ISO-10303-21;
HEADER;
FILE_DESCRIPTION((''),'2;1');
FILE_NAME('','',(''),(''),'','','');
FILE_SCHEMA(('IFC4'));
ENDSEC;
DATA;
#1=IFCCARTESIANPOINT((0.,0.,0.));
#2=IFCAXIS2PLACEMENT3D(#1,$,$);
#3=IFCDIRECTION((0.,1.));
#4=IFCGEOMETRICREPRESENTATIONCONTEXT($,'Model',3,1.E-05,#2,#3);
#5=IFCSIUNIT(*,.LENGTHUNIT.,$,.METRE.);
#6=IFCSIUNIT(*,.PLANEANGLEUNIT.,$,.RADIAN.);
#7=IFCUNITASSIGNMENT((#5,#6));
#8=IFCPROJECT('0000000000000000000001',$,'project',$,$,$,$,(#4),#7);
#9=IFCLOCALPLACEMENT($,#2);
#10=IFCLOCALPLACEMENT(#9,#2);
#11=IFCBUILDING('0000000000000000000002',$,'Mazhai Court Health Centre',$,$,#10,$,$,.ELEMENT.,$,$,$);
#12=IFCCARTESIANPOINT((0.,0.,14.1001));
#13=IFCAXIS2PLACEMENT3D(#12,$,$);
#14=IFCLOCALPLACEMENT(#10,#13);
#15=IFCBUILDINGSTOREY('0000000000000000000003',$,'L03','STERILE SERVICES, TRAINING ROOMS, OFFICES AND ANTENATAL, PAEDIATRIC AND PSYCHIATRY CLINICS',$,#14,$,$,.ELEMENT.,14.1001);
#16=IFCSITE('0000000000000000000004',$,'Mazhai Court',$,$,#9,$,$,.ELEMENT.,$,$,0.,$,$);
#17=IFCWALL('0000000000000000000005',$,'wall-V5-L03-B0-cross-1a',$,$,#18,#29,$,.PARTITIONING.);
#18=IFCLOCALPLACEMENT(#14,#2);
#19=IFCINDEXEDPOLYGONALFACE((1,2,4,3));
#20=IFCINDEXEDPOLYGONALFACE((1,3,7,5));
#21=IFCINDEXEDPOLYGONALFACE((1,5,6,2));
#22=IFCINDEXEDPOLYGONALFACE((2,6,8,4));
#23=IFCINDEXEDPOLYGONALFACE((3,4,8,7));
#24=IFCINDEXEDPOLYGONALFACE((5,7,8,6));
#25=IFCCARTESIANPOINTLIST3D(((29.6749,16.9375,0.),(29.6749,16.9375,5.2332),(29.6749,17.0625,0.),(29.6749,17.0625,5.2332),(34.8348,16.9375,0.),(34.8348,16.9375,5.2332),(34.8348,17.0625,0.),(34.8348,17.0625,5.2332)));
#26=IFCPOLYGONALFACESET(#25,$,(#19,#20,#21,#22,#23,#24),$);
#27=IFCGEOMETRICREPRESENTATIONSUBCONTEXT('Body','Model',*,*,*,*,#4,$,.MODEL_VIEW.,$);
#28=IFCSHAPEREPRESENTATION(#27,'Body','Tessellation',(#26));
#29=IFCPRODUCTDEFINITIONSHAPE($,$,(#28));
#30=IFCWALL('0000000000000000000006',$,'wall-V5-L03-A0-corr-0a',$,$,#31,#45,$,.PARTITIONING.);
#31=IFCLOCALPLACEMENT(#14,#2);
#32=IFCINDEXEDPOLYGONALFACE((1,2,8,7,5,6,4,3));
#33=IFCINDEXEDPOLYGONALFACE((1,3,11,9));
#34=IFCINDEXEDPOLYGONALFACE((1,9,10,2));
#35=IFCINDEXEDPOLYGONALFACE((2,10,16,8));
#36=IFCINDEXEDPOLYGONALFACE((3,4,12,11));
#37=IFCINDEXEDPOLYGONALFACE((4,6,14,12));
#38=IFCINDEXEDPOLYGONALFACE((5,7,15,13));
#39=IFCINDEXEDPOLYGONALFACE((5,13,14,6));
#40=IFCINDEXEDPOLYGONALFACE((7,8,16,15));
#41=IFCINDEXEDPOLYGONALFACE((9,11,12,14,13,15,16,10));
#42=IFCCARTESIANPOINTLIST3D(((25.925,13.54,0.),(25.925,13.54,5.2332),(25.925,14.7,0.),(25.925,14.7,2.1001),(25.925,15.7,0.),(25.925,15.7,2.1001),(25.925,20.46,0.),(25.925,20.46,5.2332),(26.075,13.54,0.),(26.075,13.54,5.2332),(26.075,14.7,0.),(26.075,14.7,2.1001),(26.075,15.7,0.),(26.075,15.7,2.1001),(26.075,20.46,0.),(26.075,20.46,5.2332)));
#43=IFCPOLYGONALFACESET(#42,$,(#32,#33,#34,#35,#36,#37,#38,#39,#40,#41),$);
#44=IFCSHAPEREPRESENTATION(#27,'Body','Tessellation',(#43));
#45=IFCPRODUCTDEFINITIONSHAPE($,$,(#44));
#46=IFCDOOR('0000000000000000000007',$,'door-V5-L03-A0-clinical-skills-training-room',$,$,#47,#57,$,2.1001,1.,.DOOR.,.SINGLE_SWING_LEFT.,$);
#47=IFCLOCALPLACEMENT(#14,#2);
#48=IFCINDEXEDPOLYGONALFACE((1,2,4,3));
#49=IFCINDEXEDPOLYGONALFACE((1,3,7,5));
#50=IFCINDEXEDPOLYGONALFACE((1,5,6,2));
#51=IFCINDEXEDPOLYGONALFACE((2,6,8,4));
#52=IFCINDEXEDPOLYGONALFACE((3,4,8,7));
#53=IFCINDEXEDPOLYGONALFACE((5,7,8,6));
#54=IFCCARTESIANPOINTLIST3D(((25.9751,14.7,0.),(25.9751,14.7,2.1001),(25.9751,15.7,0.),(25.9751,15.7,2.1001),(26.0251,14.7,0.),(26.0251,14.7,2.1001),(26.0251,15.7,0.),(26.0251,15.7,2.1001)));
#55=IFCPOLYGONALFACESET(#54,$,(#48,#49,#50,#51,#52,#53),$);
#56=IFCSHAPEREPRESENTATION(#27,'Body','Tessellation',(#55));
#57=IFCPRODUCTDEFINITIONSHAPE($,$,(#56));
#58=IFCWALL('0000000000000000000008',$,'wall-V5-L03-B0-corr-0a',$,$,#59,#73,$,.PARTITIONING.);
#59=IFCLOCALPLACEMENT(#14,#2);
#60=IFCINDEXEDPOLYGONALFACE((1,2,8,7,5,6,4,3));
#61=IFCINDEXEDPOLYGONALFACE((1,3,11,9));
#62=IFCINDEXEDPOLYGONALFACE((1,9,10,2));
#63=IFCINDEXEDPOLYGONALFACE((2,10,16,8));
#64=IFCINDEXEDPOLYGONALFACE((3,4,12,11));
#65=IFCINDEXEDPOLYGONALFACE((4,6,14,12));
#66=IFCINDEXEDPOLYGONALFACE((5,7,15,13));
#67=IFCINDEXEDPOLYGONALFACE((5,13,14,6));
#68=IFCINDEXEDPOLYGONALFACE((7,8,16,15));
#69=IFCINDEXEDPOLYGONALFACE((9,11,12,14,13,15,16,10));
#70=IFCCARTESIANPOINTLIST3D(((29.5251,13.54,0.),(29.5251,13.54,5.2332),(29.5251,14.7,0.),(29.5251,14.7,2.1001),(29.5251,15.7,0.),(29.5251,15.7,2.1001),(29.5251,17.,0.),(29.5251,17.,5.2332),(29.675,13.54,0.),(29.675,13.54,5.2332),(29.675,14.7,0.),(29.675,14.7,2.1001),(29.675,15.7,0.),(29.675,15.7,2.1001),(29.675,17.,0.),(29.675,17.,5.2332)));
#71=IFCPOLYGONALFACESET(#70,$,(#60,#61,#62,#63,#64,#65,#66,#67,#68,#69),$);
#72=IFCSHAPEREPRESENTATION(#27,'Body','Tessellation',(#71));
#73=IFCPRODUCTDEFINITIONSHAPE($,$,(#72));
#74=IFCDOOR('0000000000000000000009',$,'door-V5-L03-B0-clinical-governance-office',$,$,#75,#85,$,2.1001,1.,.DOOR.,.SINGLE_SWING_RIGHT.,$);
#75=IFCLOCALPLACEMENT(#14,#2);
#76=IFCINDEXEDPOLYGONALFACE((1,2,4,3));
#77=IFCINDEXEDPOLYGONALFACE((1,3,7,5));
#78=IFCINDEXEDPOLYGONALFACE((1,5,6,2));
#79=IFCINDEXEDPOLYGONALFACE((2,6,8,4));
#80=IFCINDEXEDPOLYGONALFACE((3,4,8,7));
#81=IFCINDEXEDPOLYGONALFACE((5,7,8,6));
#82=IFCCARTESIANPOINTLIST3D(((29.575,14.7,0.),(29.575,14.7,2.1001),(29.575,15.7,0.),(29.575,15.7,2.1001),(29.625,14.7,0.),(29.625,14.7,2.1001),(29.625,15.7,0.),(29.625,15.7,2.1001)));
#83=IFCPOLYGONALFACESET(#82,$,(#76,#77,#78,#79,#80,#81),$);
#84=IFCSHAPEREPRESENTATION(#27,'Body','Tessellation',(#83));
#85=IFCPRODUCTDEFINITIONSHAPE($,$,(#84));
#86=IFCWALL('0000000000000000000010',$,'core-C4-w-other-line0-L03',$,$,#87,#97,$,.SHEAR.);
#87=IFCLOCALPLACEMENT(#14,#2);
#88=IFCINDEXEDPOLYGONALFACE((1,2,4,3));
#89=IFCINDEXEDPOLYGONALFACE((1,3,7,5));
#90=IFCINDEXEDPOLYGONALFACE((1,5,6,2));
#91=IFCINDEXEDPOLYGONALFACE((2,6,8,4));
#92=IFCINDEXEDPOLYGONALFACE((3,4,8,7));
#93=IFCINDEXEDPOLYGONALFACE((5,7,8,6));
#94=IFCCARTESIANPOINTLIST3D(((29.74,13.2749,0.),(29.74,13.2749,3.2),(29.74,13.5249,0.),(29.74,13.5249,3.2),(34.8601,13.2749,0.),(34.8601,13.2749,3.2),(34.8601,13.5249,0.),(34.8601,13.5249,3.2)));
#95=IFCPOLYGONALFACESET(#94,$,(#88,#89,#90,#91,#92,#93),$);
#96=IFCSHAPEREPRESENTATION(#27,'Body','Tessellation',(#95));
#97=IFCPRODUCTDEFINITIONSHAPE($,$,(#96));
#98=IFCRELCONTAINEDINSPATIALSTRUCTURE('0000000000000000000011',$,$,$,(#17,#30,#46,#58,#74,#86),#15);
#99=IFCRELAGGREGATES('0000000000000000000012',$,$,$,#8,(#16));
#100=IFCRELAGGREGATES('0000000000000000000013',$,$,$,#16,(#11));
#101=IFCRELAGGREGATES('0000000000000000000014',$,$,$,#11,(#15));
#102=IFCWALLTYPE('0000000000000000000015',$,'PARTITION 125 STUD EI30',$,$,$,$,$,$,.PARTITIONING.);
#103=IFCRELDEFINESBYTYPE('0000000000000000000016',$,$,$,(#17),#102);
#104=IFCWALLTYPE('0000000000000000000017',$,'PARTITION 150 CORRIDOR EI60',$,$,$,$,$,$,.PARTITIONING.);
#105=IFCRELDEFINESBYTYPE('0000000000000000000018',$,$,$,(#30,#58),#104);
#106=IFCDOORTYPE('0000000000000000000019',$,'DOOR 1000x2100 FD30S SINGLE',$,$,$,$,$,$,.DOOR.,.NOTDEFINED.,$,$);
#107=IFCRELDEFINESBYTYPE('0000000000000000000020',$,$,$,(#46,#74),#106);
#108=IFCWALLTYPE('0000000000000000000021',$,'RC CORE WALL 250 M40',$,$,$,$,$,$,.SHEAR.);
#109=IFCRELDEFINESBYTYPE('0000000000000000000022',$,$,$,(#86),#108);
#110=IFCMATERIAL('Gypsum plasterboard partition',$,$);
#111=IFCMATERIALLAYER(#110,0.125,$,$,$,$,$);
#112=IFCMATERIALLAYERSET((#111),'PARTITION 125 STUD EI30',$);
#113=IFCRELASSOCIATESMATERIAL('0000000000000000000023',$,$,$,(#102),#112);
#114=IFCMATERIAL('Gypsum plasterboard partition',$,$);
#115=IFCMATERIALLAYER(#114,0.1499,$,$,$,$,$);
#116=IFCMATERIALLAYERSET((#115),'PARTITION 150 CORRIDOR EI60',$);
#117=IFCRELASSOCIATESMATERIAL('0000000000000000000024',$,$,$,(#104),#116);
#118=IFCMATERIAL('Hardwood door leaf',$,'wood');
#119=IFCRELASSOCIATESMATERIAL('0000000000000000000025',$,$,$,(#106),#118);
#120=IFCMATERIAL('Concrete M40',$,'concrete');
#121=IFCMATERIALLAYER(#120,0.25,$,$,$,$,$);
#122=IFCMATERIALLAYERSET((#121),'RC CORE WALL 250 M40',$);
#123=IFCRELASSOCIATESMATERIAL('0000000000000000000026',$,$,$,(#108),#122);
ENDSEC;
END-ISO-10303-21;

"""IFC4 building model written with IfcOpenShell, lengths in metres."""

from ifc_helpers import new_model, si_unit, direction, frame, frame_2d, origin, place, context, subcontext, project, spatial, rectangle, extrude, material, layer, layer_set, type_object, element, fill, save


model = new_model("IFC4")

# Units and contexts
model_context = context("Model", 3, precision=1e-05, world=origin(), true_north=direction((0.0, 1.0)))
body_context = subcontext(model_context, "Body", "Model", "MODEL_VIEW")
ifc_project = project(units=[si_unit("LENGTHUNIT", "METRE"), si_unit("PLANEANGLEUNIT", "RADIAN")], contexts=[model_context])

# Site, building, storey
site_placement = place(None, origin())
site = spatial("IfcSite", under=ifc_project, at=site_placement, Name="Mazhai Court", CompositionType="ELEMENT", RefElevation=0.0)
building_placement = place(site_placement, origin())
building = spatial("IfcBuilding", under=site, at=building_placement, Name="Mazhai Court Health Centre", CompositionType="ELEMENT")
storey_placement = place(building_placement, frame((0.0, 0.0, 14.1001)))
storey = spatial("IfcBuildingStorey", under=building, at=storey_placement, Name="L03", Description="STERILE SERVICES, TRAINING ROOMS, OFFICES AND ANTENATAL, PAEDIATRIC AND PSYCHIATRY CLINICS", CompositionType="ELEMENT", Elevation=14.1001)

# Wall
ifc_material_1 = material(Name="Gypsum plasterboard partition")
ifc_layer_1 = layer(ifc_material_1, 0.125)
ifc_layer_set_1 = layer_set([ifc_layer_1], Name="PARTITION 125 STUD EI30")
wall_type_1 = type_object("IfcWallType", Name="PARTITION 125 STUD EI30", PredefinedType="PARTITIONING", material=ifc_layer_set_1)
wall_1_placement = place(storey_placement, frame((34.835, 17.0, 0.0), z_axis=(0.0, 0.0, 1.0), x_axis=(-1.0, 0.0, 0.0)))
element("IfcWall", 1, at=wall_1_placement, inside=storey, type_object=wall_type_1, Name="wall-V5-L03-B0-cross-1a", PredefinedType="PARTITIONING", context=body_context, shape_type="SweptSolid", body=[
    extrude(rectangle(XDim=5.1599, YDim=0.125, at=frame_2d((2.5801, 0.0))), origin(), (0.0, 0.0, 1.0), 5.2332),
])

# Walls, openings, doors
ifc_material_2 = material(Name="Gypsum plasterboard partition")
ifc_layer_2 = layer(ifc_material_2, 0.1499)
ifc_layer_set_2 = layer_set([ifc_layer_2], Name="PARTITION 150 CORRIDOR EI60")
wall_type_2 = type_object("IfcWallType", Name="PARTITION 150 CORRIDOR EI60", PredefinedType="PARTITIONING", material=ifc_layer_set_2)
wall_2_placement = place(storey_placement, frame((26.0, 13.54, 0.0), z_axis=(0.0, 0.0, 1.0), x_axis=(0.0, 1.0, 0.0)))
wall_2 = element("IfcWall", 2, at=wall_2_placement, inside=storey, type_object=wall_type_2, Name="wall-V5-L03-A0-corr-0a", PredefinedType="PARTITIONING", context=body_context, shape_type="SweptSolid", body=[
    extrude(rectangle(XDim=6.9199, YDim=0.1499, at=frame_2d((3.46, 0.0))), origin(), (0.0, 0.0, 1.0), 5.2332),
])
opening_1_placement = place(wall_2_placement, frame((1.1599, 0.0, 0.0)))
opening_1 = element("IfcOpeningElement", 3, at=opening_1_placement, cuts=wall_2, PredefinedType="OPENING", context=body_context, shape_type="SweptSolid", body=[
    extrude(rectangle(XDim=1.0, YDim=2.1001, at=frame_2d((0.5, 1.05))), frame((0.0, 0.085, 0.0), z_axis=(0.0, -1.0, 0.0), x_axis=(1.0, 0.0, 0.0)), (0.0, 0.0, 1.0), 0.1699),
])
ifc_material_3 = material(Name="Hardwood door leaf", Category="wood")
door_type = type_object("IfcDoorType", Name="DOOR 1000x2100 FD30S SINGLE", OperationType="NOTDEFINED", PredefinedType="DOOR", material=ifc_material_3)
door_1_placement = place(opening_1_placement, origin())
door_1 = element("IfcDoor", 4, at=door_1_placement, inside=storey, type_object=door_type, Name="door-V5-L03-A0-clinical-skills-training-room", OperationType="SINGLE_SWING_LEFT", OverallHeight=2.1001, OverallWidth=1.0, PredefinedType="DOOR", context=body_context, shape_type="SweptSolid", body=[
    extrude(rectangle(XDim=1.0, YDim=2.1001, at=frame_2d((0.5, 1.05))), frame((0.0, 0.0249, 0.0), z_axis=(0.0, -1.0, 0.0), x_axis=(1.0, 0.0, 0.0)), (0.0, 0.0, 1.0), 0.05),
])
fill(opening_1, door_1)
wall_3_placement = place(storey_placement, frame((29.6001, 17.0, 0.0), z_axis=(0.0, 0.0, 1.0), x_axis=(0.0, -1.0, 0.0)))
wall_3 = element("IfcWall", 5, at=wall_3_placement, inside=storey, type_object=wall_type_2, Name="wall-V5-L03-B0-corr-0a", PredefinedType="PARTITIONING", context=body_context, shape_type="SweptSolid", body=[
    extrude(rectangle(XDim=3.46, YDim=0.1499, at=frame_2d((1.73, 0.0))), origin(), (0.0, 0.0, 1.0), 5.2332),
])
opening_2_placement = place(wall_3_placement, frame((1.3, 0.0, 0.0)))
opening_2 = element("IfcOpeningElement", 6, at=opening_2_placement, cuts=wall_3, PredefinedType="OPENING", context=body_context, shape_type="SweptSolid", body=[
    extrude(rectangle(XDim=1.0, YDim=2.1001, at=frame_2d((0.5, 1.05))), frame((0.0, 0.085, 0.0), z_axis=(0.0, -1.0, 0.0), x_axis=(1.0, 0.0, 0.0)), (0.0, 0.0, 1.0), 0.1699),
])
door_2_placement = place(opening_2_placement, origin())
door_2 = element("IfcDoor", 7, at=door_2_placement, inside=storey, type_object=door_type, Name="door-V5-L03-B0-clinical-governance-office", OperationType="SINGLE_SWING_RIGHT", OverallHeight=2.1001, OverallWidth=1.0, PredefinedType="DOOR", context=body_context, shape_type="SweptSolid", body=[
    extrude(rectangle(XDim=1.0, YDim=2.1001, at=frame_2d((0.5, 1.05))), frame((0.0, 0.0249, 0.0), z_axis=(0.0, -1.0, 0.0), x_axis=(1.0, 0.0, 0.0)), (0.0, 0.0, 1.0), 0.05),
])
fill(opening_2, door_2)

# Wall
ifc_material_4 = material(Name="Concrete M40", Category="concrete")
ifc_layer_3 = layer(ifc_material_4, 0.25)
ifc_layer_set_3 = layer_set([ifc_layer_3], Name="RC CORE WALL 250 M40")
wall_type_3 = type_object("IfcWallType", Name="RC CORE WALL 250 M40", PredefinedType="SHEAR", material=ifc_layer_set_3)
wall_4_placement = place(storey_placement, frame((29.74, 13.3999, 0.0), z_axis=(0.0, 0.0, 1.0), x_axis=(1.0, 0.0, 0.0)))
element("IfcWall", 8, at=wall_4_placement, inside=storey, type_object=wall_type_3, Name="core-C4-w-other-line0-L03", PredefinedType="SHEAR", context=body_context, shape_type="SweptSolid", body=[
    extrude(rectangle(XDim=5.1201, YDim=0.25, at=frame_2d((2.5601, 0.0))), origin(), (0.0, 0.0, 1.0), 3.2),
])

save(model, "model.ifc")
